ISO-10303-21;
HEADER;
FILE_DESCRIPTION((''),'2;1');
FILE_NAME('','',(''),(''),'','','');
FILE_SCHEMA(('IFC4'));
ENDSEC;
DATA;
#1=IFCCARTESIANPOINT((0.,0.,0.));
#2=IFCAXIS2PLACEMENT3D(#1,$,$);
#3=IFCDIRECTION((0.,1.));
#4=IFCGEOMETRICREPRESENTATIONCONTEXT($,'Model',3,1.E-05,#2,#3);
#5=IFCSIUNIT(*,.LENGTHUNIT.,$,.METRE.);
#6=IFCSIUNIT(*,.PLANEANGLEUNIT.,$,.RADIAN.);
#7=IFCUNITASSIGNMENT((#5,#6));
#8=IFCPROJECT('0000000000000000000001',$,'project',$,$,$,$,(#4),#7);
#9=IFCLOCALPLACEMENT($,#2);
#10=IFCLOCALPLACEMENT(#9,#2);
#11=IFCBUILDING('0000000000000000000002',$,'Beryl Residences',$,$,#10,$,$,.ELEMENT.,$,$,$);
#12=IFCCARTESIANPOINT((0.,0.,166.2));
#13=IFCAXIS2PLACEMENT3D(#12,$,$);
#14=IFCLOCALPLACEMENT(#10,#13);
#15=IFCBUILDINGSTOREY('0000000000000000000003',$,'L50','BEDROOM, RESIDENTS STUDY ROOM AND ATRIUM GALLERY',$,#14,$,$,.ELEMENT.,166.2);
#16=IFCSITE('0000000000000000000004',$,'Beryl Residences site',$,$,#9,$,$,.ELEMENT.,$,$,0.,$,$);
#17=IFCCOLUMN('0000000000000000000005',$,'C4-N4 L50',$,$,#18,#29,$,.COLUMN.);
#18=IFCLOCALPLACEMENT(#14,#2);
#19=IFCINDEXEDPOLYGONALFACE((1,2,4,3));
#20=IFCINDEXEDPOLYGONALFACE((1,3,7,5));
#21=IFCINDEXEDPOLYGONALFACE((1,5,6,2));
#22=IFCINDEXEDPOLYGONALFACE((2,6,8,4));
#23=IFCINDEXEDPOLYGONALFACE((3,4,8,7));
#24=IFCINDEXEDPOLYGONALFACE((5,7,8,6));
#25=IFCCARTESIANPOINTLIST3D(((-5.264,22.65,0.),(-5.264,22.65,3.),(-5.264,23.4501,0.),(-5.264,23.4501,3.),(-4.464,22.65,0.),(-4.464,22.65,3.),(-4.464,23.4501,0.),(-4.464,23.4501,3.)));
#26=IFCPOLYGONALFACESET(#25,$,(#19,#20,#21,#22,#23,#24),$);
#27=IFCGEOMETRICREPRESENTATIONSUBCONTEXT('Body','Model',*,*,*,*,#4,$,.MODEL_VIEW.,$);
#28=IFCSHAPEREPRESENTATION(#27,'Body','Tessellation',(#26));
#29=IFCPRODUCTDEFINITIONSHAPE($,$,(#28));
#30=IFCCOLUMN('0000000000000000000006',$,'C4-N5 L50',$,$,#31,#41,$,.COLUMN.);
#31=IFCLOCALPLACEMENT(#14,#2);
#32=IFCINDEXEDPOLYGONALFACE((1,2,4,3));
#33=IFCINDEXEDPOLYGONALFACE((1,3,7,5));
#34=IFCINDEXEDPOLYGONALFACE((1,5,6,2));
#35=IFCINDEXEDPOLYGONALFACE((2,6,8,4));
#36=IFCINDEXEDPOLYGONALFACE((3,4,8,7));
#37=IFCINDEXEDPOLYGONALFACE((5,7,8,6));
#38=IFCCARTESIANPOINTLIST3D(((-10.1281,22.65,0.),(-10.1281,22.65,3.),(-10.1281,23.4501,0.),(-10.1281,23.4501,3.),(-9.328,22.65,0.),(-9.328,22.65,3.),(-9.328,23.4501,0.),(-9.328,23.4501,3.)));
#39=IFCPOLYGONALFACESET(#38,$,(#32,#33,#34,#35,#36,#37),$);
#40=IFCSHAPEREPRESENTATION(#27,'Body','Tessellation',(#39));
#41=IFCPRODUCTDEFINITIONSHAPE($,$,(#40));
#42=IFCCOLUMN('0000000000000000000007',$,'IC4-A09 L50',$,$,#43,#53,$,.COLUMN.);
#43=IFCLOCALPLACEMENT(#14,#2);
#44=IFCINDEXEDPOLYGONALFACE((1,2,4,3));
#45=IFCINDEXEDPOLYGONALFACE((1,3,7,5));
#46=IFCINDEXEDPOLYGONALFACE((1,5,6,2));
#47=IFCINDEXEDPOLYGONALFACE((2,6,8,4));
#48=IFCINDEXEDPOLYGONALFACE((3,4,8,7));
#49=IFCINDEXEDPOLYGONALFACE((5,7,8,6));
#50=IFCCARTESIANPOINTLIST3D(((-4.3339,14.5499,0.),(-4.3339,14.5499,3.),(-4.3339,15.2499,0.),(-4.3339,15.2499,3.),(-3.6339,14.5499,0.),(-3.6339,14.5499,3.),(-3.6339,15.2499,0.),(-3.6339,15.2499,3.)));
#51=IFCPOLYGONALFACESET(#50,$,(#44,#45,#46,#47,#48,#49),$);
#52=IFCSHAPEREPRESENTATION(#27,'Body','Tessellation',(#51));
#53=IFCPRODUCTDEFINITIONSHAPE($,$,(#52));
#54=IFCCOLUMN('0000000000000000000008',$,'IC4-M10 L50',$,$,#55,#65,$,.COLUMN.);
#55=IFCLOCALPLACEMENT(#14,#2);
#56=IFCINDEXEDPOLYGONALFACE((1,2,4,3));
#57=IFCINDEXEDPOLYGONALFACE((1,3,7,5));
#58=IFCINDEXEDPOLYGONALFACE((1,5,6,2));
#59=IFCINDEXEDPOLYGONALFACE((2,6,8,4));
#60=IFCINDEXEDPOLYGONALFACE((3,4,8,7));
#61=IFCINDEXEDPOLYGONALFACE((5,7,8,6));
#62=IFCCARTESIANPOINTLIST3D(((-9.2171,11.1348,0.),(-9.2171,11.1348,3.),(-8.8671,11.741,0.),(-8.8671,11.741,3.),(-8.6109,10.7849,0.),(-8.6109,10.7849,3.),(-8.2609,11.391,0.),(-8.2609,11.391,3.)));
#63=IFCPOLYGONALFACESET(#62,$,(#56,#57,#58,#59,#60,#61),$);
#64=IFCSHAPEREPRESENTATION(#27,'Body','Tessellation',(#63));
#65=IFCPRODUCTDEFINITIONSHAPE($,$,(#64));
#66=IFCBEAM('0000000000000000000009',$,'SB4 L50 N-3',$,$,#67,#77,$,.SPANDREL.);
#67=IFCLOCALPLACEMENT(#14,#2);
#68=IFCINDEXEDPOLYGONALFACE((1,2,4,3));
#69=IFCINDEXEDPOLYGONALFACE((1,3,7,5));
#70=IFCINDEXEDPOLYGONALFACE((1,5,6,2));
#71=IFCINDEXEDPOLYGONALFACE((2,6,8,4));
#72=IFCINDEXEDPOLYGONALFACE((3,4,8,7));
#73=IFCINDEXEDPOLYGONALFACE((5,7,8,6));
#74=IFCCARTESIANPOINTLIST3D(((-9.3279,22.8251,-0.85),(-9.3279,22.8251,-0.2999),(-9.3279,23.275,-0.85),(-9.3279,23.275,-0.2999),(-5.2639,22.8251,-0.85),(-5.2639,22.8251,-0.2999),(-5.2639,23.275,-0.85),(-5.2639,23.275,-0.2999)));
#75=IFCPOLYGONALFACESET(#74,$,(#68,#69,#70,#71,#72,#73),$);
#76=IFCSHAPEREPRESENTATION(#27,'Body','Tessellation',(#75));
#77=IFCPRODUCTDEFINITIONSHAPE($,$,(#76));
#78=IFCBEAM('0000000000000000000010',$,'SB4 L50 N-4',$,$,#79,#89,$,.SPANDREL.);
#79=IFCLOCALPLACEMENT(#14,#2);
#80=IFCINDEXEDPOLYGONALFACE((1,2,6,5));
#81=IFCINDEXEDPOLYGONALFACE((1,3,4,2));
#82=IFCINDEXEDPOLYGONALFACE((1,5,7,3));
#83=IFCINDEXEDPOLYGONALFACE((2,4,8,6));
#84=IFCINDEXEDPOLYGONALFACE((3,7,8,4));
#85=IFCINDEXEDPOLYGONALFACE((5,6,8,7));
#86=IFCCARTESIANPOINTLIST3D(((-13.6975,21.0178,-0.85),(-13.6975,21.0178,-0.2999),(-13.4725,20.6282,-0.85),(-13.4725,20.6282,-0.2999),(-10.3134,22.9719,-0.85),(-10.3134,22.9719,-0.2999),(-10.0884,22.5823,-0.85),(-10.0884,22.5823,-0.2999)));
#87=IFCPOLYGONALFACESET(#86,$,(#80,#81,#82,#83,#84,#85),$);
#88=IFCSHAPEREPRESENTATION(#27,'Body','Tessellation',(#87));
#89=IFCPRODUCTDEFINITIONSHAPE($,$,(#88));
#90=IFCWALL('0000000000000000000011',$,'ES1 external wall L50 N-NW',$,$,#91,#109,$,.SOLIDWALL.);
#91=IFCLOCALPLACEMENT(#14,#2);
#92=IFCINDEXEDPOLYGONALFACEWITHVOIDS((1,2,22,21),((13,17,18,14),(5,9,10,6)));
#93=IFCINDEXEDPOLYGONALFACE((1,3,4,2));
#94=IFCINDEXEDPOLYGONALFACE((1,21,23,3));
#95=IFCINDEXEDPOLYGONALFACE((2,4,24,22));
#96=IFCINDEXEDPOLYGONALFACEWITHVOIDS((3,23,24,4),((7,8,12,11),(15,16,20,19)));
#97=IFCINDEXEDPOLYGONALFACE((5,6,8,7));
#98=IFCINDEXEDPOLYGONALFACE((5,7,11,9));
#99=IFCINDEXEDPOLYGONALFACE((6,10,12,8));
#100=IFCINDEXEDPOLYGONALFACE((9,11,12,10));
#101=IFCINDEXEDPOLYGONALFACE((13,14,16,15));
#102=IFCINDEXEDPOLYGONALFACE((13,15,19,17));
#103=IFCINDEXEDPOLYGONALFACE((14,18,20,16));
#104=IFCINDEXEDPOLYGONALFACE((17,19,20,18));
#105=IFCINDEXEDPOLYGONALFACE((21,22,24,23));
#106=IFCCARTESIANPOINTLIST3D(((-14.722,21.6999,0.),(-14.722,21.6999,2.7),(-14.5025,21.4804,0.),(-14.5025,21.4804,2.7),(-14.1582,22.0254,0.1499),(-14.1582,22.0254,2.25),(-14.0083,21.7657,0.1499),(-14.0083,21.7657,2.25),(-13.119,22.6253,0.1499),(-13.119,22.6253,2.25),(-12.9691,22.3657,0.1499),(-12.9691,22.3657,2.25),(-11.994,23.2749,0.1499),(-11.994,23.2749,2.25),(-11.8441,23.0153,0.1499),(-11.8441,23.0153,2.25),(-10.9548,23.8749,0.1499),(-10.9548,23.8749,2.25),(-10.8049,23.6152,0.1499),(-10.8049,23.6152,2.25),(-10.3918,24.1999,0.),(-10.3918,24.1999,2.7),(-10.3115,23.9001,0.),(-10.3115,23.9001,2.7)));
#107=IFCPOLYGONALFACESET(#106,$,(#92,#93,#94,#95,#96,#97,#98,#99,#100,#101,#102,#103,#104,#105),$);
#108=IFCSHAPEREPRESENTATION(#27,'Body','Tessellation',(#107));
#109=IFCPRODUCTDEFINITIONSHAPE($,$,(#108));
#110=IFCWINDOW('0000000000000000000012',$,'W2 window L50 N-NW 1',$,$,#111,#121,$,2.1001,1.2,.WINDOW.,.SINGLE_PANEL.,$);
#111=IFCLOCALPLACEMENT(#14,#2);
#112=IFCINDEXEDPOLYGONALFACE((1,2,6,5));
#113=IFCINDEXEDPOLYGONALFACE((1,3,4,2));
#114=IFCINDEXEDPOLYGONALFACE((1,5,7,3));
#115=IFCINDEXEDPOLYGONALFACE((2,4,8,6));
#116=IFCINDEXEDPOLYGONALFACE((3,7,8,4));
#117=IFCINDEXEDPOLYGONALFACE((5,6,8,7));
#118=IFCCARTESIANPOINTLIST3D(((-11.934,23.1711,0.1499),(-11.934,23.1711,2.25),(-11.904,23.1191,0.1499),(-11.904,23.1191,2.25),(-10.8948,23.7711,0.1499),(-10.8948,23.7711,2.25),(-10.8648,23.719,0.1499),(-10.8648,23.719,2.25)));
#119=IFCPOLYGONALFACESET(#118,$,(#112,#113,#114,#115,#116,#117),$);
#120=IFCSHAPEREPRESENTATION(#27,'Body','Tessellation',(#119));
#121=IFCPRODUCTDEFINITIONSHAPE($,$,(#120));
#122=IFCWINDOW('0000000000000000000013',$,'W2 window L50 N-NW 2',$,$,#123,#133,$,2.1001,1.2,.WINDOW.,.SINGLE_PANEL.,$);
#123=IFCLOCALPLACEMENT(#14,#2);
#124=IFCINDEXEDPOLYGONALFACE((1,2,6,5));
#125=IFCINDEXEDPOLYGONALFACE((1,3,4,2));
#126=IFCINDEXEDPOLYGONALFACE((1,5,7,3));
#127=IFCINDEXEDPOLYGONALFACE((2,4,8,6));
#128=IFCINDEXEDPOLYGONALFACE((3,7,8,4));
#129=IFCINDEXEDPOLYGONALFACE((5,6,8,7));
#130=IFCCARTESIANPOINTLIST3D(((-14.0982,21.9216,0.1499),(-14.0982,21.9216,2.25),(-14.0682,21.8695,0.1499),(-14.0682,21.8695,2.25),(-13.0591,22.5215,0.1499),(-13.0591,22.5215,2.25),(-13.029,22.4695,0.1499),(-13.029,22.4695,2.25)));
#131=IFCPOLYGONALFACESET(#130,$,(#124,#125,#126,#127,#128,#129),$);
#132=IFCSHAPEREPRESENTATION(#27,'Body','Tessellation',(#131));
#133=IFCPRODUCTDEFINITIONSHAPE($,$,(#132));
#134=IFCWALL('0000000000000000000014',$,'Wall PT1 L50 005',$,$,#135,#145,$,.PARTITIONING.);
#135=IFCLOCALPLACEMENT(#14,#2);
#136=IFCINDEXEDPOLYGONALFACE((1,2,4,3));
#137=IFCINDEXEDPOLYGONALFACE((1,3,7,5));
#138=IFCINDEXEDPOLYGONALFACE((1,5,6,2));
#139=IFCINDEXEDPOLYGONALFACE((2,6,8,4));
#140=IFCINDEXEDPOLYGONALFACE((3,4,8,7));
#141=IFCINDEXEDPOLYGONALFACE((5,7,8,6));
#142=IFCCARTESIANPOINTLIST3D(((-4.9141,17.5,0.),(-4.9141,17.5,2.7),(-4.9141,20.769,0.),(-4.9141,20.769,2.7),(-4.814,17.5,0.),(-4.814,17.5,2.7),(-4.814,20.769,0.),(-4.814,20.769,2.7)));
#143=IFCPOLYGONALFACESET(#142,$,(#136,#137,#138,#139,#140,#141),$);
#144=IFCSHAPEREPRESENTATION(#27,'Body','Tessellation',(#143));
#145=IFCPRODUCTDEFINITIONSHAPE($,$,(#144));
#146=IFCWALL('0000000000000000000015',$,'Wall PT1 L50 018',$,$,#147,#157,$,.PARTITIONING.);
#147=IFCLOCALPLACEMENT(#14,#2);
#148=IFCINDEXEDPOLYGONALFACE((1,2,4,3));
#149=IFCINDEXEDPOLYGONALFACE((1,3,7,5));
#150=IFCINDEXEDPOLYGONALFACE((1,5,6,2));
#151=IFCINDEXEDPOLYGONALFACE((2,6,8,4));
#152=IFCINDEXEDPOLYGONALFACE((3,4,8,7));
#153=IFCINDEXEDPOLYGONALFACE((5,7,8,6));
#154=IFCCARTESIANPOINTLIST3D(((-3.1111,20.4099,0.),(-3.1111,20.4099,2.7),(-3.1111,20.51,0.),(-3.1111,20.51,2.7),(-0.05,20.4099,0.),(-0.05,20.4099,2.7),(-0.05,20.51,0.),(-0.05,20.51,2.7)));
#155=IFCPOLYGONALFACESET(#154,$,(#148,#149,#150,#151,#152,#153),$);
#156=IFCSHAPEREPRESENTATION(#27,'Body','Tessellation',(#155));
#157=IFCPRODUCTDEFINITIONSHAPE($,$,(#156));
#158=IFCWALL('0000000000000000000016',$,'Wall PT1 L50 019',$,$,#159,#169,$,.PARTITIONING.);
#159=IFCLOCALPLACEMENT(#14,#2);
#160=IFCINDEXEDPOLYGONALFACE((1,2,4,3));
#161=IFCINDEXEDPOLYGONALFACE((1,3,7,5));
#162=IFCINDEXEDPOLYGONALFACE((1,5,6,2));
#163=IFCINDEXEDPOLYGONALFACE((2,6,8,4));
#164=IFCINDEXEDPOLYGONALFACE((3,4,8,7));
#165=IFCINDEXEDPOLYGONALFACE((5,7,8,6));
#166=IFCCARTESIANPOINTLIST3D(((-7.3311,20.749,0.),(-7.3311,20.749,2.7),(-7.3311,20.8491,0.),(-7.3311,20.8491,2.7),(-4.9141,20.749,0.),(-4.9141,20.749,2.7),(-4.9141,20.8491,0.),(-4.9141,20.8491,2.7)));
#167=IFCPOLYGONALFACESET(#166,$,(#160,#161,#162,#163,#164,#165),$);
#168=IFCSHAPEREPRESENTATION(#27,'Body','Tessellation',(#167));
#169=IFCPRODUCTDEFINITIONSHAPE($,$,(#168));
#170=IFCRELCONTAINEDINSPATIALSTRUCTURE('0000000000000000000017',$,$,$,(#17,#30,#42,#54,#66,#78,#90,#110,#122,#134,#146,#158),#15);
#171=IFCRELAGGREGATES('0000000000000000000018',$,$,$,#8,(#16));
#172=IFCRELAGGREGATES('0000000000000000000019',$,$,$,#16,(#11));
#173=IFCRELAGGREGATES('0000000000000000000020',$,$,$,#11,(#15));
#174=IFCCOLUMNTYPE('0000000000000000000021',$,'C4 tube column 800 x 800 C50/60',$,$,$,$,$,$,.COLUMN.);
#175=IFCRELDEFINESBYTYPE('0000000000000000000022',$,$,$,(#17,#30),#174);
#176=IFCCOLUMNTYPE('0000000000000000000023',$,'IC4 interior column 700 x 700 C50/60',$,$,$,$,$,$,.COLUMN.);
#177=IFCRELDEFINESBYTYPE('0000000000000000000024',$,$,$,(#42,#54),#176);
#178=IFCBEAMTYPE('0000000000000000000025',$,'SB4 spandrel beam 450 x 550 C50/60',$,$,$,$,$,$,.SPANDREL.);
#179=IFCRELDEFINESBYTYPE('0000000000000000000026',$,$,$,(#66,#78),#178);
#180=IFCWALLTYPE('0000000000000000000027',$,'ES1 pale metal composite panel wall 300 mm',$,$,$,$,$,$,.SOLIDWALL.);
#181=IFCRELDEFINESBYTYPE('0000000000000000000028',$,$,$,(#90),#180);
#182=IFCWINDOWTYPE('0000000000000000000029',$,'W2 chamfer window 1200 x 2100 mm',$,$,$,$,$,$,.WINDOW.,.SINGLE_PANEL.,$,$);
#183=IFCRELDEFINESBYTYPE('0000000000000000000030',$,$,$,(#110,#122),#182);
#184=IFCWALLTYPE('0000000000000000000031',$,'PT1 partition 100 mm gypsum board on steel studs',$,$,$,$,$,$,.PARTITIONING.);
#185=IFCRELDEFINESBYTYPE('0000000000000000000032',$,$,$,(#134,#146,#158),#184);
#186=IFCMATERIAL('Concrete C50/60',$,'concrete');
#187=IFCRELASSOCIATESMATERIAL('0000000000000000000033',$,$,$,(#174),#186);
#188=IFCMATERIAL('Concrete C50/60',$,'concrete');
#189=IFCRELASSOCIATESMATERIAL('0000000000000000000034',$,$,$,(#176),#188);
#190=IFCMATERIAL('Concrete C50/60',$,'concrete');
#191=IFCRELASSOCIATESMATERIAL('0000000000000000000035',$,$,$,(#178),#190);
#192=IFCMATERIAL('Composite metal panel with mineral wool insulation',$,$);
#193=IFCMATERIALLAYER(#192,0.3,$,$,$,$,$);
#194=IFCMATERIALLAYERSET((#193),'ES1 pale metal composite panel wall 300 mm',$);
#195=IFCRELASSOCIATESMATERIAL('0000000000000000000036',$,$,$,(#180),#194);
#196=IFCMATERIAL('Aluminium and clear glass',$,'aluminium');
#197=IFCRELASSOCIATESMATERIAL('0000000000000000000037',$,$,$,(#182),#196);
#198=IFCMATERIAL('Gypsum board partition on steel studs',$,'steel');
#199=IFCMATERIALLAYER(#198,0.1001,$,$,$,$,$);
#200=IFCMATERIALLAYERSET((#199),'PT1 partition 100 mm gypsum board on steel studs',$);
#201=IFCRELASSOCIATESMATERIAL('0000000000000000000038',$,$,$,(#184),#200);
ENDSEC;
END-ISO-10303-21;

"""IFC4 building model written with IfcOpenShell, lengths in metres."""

from ifc_helpers import new_model, si_unit, direction, frame, frame_2d, origin, origin_2d, place, context, subcontext, project, spatial, polyline, rectangle, outline, extrude, material, layer, layer_set, material_profile, profile_set, type_object, element, fill, save


model = new_model("IFC4")

# Units and contexts
model_context = context("Model", 3, precision=1e-05, world=origin(), true_north=direction((0.0, 1.0)))
body_context = subcontext(model_context, "Body", "Model", "MODEL_VIEW")
ifc_project = project(units=[si_unit("LENGTHUNIT", "METRE"), si_unit("PLANEANGLEUNIT", "RADIAN")], contexts=[model_context])

# Site, building, storey
site_placement = place(None, origin())
site = spatial("IfcSite", under=ifc_project, at=site_placement, Name="Beryl Residences site", CompositionType="ELEMENT", RefElevation=0.0)
building_placement = place(site_placement, origin())
building = spatial("IfcBuilding", under=site, at=building_placement, Name="Beryl Residences", CompositionType="ELEMENT")
storey_placement = place(building_placement, frame((0.0, 0.0, 166.2)))
storey = spatial("IfcBuildingStorey", under=building, at=storey_placement, Name="L50", Description="BEDROOM, RESIDENTS STUDY ROOM AND ATRIUM GALLERY", CompositionType="ELEMENT", Elevation=166.2)

# Columns
ifc_material_1 = material(Name="Concrete C50/60", Category="concrete")
ifc_material_profile_1 = material_profile(ifc_material_1, rectangle(XDim=0.8, YDim=0.8, at=origin_2d()))
ifc_profile_set_1 = profile_set([ifc_material_profile_1], Name="Concrete C50/60")
column_type_1 = type_object("IfcColumnType", Name="C4 tube column 800 x 800 C50/60", PredefinedType="COLUMN", material=ifc_profile_set_1)
for number, where, z_axis, x_axis, name in (
    (1, (-4.864, 23.05, 0.0), (0.0, 0.0, 1.0), (-1.0, 0.0, 0.0), "C4-N4 L50"),
    (2, (-9.728, 23.05, 0.0), (0.0, 0.0, 1.0), (-1.0, 0.0, 0.0), "C4-N5 L50"),
):
    element("IfcColumn", number, at=place(storey_placement, frame(where, z_axis=z_axis, x_axis=x_axis)), inside=storey, type_object=column_type_1, Name=name, PredefinedType="COLUMN", context=body_context, shape_type="SweptSolid", body=[
        extrude(rectangle(XDim=0.8, YDim=0.8, at=origin_2d()), origin(), (0.0, 0.0, 1.0), 3.0),
    ])
ifc_material_2 = material(Name="Concrete C50/60", Category="concrete")
ifc_material_profile_2 = material_profile(ifc_material_2, rectangle(XDim=0.7, YDim=0.7, at=origin_2d()))
ifc_profile_set_2 = profile_set([ifc_material_profile_2], Name="Concrete C50/60")
column_type_2 = type_object("IfcColumnType", Name="IC4 interior column 700 x 700 C50/60", PredefinedType="COLUMN", material=ifc_profile_set_2)
for number, where, z_axis, x_axis, name in (
    (3, (-3.9839, 14.8999, 0.0), (0.0, 0.0, 1.0), (1.0, 0.0, 0.0), "IC4-A09 L50"),
    (4, (-8.739, 11.2629, 0.0), (0.0, 0.0, 1.0), (-0.5, -0.866025, 0.0), "IC4-M10 L50"),
):
    element("IfcColumn", number, at=place(storey_placement, frame(where, z_axis=z_axis, x_axis=x_axis)), inside=storey, type_object=column_type_2, Name=name, PredefinedType="COLUMN", context=body_context, shape_type="SweptSolid", body=[
        extrude(rectangle(XDim=0.7, YDim=0.7, at=origin_2d()), origin(), (0.0, 0.0, 1.0), 3.0),
    ])

# Beams
ifc_material_3 = material(Name="Concrete C50/60", Category="concrete")
ifc_material_profile_3 = material_profile(ifc_material_3, rectangle(XDim=0.45, YDim=0.55, at=origin_2d()))
ifc_profile_set_3 = profile_set([ifc_material_profile_3], Name="Concrete C50/60")
beam_type = type_object("IfcBeamType", Name="SB4 spandrel beam 450 x 550 C50/60", PredefinedType="SPANDREL", material=ifc_profile_set_3)
beam_1_placement = place(storey_placement, frame((-5.2639, 23.05, -0.575), z_axis=(-1.0, 0.0, 0.0), x_axis=(0.0, -1.0, 0.0)))
element("IfcBeam", 5, at=beam_1_placement, inside=storey, type_object=beam_type, Name="SB4 L50 N-3", PredefinedType="SPANDREL", context=body_context, shape_type="SweptSolid", body=[
    extrude(rectangle(XDim=0.45, YDim=0.55, at=origin_2d()), origin(), (0.0, 0.0, 1.0), 4.064),
])
beam_2_placement = place(storey_placement, frame((-10.2009, 22.7771, -0.575), z_axis=(-0.865989, -0.500063, 0.0), x_axis=(0.500063, -0.865989, 0.0)))
element("IfcBeam", 6, at=beam_2_placement, inside=storey, type_object=beam_type, Name="SB4 L50 N-4", PredefinedType="SPANDREL", context=body_context, shape_type="SweptSolid", body=[
    extrude(rectangle(XDim=0.45, YDim=0.55, at=origin_2d()), origin(), (0.0, 0.0, 1.0), 3.9077),
])

# Wall, openings, windows
ifc_material_4 = material(Name="Composite metal panel with mineral wool insulation")
ifc_layer_1 = layer(ifc_material_4, 0.3)
ifc_layer_set_1 = layer_set([ifc_layer_1], Name="ES1 pale metal composite panel wall 300 mm")
wall_type_1 = type_object("IfcWallType", Name="ES1 pale metal composite panel wall 300 mm", PredefinedType="SOLIDWALL", material=ifc_layer_set_1)
wall_1_placement = place(storey_placement, frame((-10.3169, 24.0701, 0.0), z_axis=(0.0, 0.0, 1.0), x_axis=(-0.866023, -0.500004, 0.0)))
wall_1 = element("IfcWall", 7, at=wall_1_placement, inside=storey, type_object=wall_type_1, Name="ES1 external wall L50 N-NW", PredefinedType="SOLIDWALL", context=body_context, shape_type="SweptSolid", body=[
    extrude(outline(polyline([(0.0, -0.1499), (5.0, -0.1499), (4.9197, 0.1499), (0.0803, 0.1499), (0.0, -0.1499)])), origin(), (0.0, 0.0, 1.0), 2.7),
])
opening_1_placement = place(wall_1_placement, frame((0.6499, 0.0, 0.1499)))
opening_1 = element("IfcOpeningElement", 8, at=opening_1_placement, cuts=wall_1, PredefinedType="OPENING", context=body_context, shape_type="SweptSolid", body=[
    extrude(rectangle(XDim=1.2, YDim=2.1001, at=frame_2d((0.6001, 1.05))), frame((0.0, 0.1599, 0.0), z_axis=(0.0, -1.0, 0.0), x_axis=(1.0, 0.0, 0.0)), (0.0, 0.0, 1.0), 0.3201),
])
opening_2_placement = place(wall_1_placement, frame((3.1489, 0.0, 0.1499)))
opening_2 = element("IfcOpeningElement", 9, at=opening_2_placement, cuts=wall_1, PredefinedType="OPENING", context=body_context, shape_type="SweptSolid", body=[
    extrude(rectangle(XDim=1.2, YDim=2.1001, at=frame_2d((0.6001, 1.05))), frame((0.0, 0.1599, 0.0), z_axis=(0.0, -1.0, 0.0), x_axis=(1.0, 0.0, 0.0)), (0.0, 0.0, 1.0), 0.3201),
])
ifc_material_5 = material(Name="Aluminium and clear glass", Category="aluminium")
window_type = type_object("IfcWindowType", Name="W2 chamfer window 1200 x 2100 mm", PartitioningType="SINGLE_PANEL", PredefinedType="WINDOW", material=ifc_material_5)
window_1_placement = place(opening_1_placement, origin())
window_1 = element("IfcWindow", 10, at=window_1_placement, inside=storey, type_object=window_type, Name="W2 window L50 N-NW 1", OverallHeight=2.1001, OverallWidth=1.2, PartitioningType="SINGLE_PANEL", PredefinedType="WINDOW", context=body_context, shape_type="SweptSolid", body=[
    extrude(rectangle(XDim=1.2, YDim=2.1001, at=frame_2d((0.6001, 1.05))), frame((0.0, 0.03, 0.0), z_axis=(0.0, -1.0, 0.0), x_axis=(1.0, 0.0, 0.0)), (0.0, 0.0, 1.0), 0.0601),
])
fill(opening_1, window_1)
window_2_placement = place(opening_2_placement, origin())
window_2 = element("IfcWindow", 11, at=window_2_placement, inside=storey, type_object=window_type, Name="W2 window L50 N-NW 2", OverallHeight=2.1001, OverallWidth=1.2, PartitioningType="SINGLE_PANEL", PredefinedType="WINDOW", context=body_context, shape_type="SweptSolid", body=[
    extrude(rectangle(XDim=1.2, YDim=2.1001, at=frame_2d((0.6001, 1.05))), frame((0.0, 0.03, 0.0), z_axis=(0.0, -1.0, 0.0), x_axis=(1.0, 0.0, 0.0)), (0.0, 0.0, 1.0), 0.0601),
])
fill(opening_2, window_2)

# Walls
ifc_material_6 = material(Name="Gypsum board partition on steel studs", Category="steel")
ifc_layer_2 = layer(ifc_material_6, 0.1001)
ifc_layer_set_2 = layer_set([ifc_layer_2], Name="PT1 partition 100 mm gypsum board on steel studs")
wall_type_2 = type_object("IfcWallType", Name="PT1 partition 100 mm gypsum board on steel studs", PredefinedType="PARTITIONING", material=ifc_layer_set_2)
wall_2_placement = place(storey_placement, frame((-4.864, 20.769, 0.0), z_axis=(0.0, 0.0, 1.0), x_axis=(0.0, -1.0, 0.0)))
element("IfcWall", 12, at=wall_2_placement, inside=storey, type_object=wall_type_2, Name="Wall PT1 L50 005", PredefinedType="PARTITIONING", context=body_context, shape_type="SweptSolid", body=[
    extrude(rectangle(XDim=3.269, YDim=0.1001, at=frame_2d((1.6345, 0.0))), origin(), (0.0, 0.0, 1.0), 2.7),
])
wall_3_placement = place(storey_placement, frame((-3.1111, 20.46, 0.0), z_axis=(0.0, 0.0, 1.0), x_axis=(1.0, 0.0, 0.0)))
element("IfcWall", 13, at=wall_3_placement, inside=storey, type_object=wall_type_2, Name="Wall PT1 L50 018", PredefinedType="PARTITIONING", context=body_context, shape_type="SweptSolid", body=[
    extrude(rectangle(XDim=3.061, YDim=0.1001, at=frame_2d((1.5305, 0.0))), origin(), (0.0, 0.0, 1.0), 2.7),
])
wall_4_placement = place(storey_placement, frame((-7.3311, 20.7991, 0.0), z_axis=(0.0, 0.0, 1.0), x_axis=(1.0, 0.0, 0.0)))
element("IfcWall", 14, at=wall_4_placement, inside=storey, type_object=wall_type_2, Name="Wall PT1 L50 019", PredefinedType="PARTITIONING", context=body_context, shape_type="SweptSolid", body=[
    extrude(rectangle(XDim=2.417, YDim=0.1001, at=frame_2d((1.2085, 0.0))), origin(), (0.0, 0.0, 1.0), 2.7),
])

save(model, "model.ifc")
